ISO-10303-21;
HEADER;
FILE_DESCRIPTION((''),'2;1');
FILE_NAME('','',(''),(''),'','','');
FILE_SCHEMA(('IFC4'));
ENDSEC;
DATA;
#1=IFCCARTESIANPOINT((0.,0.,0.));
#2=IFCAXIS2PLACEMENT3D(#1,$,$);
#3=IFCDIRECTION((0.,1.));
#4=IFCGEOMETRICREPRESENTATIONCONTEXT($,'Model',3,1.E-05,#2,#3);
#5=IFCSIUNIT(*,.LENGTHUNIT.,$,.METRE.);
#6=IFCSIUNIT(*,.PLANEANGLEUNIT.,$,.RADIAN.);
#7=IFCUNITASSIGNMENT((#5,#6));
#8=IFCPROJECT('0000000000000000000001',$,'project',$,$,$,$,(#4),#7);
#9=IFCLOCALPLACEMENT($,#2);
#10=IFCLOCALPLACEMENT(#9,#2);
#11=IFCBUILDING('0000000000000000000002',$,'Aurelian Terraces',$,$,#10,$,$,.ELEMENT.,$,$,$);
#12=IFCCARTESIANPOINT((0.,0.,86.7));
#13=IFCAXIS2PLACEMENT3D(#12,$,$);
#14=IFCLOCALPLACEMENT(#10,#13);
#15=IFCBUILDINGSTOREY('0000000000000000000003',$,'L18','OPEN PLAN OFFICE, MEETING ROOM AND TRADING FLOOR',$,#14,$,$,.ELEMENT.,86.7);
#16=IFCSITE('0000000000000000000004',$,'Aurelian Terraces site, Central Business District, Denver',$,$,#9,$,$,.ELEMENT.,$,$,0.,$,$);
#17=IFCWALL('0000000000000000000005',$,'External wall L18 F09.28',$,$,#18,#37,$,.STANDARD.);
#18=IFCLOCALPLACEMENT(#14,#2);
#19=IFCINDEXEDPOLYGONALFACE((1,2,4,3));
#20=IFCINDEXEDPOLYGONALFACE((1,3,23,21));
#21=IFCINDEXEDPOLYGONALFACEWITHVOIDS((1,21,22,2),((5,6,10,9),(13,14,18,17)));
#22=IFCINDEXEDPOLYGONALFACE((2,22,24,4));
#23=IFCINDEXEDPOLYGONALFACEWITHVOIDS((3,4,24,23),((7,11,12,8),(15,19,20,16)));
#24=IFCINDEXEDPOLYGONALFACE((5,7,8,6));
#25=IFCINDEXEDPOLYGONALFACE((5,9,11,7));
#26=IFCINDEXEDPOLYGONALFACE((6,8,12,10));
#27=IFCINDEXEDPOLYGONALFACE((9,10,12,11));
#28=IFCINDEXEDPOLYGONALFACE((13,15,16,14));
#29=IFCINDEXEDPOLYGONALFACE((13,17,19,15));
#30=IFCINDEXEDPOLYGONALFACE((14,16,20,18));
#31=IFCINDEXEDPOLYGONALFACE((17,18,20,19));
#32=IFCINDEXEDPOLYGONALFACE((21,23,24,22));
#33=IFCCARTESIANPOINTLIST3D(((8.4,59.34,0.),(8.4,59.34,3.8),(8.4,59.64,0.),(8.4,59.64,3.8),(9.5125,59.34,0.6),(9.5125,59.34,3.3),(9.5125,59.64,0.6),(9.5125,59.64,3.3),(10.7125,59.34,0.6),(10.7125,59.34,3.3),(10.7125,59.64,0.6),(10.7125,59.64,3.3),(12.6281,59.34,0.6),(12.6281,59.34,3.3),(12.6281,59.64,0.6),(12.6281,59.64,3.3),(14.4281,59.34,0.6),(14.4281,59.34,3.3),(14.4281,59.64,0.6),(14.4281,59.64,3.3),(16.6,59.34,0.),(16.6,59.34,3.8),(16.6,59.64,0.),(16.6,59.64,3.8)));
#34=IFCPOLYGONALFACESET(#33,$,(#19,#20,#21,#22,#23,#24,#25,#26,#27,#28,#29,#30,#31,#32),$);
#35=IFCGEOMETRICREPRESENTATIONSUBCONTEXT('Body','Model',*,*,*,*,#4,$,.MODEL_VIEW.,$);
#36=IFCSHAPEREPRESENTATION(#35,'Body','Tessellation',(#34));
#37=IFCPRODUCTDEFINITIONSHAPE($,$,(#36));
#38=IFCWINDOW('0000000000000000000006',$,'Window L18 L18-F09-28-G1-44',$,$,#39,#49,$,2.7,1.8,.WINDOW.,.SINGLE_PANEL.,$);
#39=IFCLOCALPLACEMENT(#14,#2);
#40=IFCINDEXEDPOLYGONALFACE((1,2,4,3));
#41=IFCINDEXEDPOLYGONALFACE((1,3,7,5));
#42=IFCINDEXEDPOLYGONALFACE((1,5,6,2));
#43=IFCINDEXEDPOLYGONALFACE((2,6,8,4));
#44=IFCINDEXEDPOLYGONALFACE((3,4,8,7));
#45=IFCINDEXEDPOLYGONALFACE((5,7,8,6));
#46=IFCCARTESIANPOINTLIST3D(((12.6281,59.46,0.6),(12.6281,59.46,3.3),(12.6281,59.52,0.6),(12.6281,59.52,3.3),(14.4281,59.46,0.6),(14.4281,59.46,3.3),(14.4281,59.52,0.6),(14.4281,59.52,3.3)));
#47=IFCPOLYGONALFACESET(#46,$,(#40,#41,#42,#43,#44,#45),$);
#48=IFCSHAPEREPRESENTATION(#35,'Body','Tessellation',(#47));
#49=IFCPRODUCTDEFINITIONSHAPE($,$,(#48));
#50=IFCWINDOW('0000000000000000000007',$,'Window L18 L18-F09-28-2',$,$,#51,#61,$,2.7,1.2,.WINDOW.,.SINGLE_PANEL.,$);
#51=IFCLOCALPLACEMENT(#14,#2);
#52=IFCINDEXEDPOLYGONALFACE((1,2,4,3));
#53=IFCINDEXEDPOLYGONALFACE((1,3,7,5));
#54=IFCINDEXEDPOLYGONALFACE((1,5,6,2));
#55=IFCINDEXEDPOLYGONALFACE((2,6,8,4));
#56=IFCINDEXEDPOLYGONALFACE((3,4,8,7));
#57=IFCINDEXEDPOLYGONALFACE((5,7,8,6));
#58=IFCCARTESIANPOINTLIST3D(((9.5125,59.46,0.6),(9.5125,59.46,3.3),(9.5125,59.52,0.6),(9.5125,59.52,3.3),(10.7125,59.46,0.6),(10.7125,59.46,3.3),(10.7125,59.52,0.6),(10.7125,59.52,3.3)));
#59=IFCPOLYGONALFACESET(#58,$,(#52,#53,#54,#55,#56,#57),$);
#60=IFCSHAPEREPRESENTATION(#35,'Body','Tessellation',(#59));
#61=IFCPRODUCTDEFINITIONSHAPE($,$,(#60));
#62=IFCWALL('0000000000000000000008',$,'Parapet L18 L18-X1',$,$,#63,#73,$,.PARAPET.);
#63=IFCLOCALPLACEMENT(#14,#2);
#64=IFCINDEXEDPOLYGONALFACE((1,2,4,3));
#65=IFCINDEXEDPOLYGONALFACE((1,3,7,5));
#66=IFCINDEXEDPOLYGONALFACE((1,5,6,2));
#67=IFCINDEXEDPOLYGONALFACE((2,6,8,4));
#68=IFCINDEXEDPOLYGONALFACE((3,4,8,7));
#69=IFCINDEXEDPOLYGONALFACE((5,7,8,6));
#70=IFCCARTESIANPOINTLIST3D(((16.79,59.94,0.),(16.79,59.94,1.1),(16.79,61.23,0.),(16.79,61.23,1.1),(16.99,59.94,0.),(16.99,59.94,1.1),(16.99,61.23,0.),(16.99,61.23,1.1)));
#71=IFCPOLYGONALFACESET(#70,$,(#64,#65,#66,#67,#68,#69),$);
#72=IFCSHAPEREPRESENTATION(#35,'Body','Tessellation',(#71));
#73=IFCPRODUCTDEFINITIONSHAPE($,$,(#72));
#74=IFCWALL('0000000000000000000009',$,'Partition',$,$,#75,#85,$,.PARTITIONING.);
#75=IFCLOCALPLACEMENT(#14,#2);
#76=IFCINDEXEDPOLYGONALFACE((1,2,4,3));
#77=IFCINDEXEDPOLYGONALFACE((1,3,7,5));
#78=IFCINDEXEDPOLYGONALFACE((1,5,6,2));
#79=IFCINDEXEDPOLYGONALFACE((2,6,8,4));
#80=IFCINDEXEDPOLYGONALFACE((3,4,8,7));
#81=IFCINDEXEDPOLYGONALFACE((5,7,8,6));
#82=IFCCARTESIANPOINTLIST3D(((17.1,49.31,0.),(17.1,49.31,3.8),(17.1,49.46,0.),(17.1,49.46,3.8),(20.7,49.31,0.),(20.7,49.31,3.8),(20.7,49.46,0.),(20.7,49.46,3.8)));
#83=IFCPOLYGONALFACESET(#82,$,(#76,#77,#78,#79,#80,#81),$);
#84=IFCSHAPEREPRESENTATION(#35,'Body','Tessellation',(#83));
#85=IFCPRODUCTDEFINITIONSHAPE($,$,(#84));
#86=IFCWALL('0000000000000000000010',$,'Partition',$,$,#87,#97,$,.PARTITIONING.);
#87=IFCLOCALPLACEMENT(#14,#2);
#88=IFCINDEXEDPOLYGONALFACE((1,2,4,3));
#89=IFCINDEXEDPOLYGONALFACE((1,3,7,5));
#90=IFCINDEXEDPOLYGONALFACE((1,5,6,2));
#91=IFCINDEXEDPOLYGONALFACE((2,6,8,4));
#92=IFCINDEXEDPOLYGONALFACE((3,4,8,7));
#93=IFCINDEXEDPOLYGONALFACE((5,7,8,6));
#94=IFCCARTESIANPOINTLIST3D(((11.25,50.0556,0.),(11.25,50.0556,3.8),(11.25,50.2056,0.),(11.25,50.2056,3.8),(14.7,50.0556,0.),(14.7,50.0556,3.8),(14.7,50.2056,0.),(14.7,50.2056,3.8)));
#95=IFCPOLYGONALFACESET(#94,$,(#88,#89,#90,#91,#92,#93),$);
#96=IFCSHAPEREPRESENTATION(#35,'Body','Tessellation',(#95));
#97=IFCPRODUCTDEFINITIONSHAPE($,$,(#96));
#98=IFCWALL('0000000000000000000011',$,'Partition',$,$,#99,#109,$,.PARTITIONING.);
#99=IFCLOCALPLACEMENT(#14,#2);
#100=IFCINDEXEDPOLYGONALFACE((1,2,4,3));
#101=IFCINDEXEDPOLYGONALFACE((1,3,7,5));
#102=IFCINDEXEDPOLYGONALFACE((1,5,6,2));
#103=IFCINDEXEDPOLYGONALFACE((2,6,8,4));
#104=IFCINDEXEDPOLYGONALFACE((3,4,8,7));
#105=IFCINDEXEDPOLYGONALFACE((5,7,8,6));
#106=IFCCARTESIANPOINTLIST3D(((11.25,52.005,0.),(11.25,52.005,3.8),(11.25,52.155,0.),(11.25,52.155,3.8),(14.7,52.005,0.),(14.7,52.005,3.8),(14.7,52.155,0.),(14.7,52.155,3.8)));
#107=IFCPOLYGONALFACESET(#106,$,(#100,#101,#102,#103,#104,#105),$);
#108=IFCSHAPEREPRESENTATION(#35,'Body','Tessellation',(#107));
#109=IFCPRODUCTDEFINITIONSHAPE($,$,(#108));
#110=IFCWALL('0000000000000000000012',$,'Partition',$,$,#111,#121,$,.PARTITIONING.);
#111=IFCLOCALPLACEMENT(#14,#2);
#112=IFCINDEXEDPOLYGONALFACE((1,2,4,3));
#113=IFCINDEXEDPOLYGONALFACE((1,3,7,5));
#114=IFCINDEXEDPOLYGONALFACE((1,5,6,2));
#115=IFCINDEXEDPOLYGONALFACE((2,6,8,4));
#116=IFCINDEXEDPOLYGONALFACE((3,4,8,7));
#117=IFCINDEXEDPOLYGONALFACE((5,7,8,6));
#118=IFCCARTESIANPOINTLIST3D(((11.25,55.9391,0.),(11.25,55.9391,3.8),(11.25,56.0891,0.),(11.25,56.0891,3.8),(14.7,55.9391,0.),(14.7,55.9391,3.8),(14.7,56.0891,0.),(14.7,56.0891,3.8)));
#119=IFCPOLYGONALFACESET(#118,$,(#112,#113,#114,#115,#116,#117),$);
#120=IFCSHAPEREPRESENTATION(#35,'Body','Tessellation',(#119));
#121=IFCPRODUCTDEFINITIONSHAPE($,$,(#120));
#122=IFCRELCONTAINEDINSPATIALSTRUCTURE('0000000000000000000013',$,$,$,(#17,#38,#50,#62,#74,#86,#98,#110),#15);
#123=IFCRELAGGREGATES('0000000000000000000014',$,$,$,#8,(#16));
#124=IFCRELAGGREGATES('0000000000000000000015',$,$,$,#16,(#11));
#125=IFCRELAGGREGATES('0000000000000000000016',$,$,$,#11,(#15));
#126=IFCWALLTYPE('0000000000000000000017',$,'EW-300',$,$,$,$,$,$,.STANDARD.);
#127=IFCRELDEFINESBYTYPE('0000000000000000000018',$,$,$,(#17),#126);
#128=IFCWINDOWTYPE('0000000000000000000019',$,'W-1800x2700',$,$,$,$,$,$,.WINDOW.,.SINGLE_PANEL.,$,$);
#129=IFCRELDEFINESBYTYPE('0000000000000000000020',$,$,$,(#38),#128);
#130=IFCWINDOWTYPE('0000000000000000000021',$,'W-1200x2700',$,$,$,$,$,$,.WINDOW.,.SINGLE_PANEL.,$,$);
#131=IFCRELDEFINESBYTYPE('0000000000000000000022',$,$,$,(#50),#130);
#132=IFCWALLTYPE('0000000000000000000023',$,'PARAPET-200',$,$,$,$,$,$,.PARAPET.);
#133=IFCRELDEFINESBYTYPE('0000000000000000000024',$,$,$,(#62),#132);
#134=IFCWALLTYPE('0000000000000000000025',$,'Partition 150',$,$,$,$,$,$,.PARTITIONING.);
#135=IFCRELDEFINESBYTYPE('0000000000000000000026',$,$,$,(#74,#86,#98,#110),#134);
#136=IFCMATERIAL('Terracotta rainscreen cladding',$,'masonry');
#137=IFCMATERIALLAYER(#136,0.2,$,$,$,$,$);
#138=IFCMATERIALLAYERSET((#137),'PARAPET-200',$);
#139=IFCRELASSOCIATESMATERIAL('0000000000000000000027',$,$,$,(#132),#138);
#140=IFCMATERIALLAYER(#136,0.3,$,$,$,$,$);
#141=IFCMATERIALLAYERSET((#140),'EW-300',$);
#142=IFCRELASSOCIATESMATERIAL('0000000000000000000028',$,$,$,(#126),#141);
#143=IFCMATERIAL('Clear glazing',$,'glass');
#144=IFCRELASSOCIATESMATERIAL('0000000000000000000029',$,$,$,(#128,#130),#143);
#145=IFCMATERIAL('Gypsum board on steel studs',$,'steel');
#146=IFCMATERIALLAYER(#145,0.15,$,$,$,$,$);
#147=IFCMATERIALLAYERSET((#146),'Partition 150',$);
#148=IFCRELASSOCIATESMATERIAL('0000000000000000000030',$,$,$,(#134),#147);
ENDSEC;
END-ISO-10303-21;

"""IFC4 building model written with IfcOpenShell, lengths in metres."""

from ifc_helpers import new_model, si_unit, direction, frame, frame_2d, origin, place, context, subcontext, project, spatial, rectangle, extrude, source, transform, mapped, material, layer, layer_set, type_object, element, fill, save


model = new_model("IFC4")

# Units and contexts
model_context = context("Model", 3, precision=1e-05, world=origin(), true_north=direction((0.0, 1.0)))
body_context = subcontext(model_context, "Body", "Model", "MODEL_VIEW")
ifc_project = project(units=[si_unit("LENGTHUNIT", "METRE"), si_unit("PLANEANGLEUNIT", "RADIAN")], contexts=[model_context])

# Site, building, storey
site_placement = place(None, origin())
site = spatial("IfcSite", under=ifc_project, at=site_placement, Name="Aurelian Terraces site, Central Business District, Denver", CompositionType="ELEMENT", RefElevation=0.0)
building_placement = place(site_placement, origin())
building = spatial("IfcBuilding", under=site, at=building_placement, Name="Aurelian Terraces", CompositionType="ELEMENT")
storey_placement = place(building_placement, frame((0.0, 0.0, 86.7)))
storey = spatial("IfcBuildingStorey", under=building, at=storey_placement, Name="L18", Description="OPEN PLAN OFFICE, MEETING ROOM AND TRADING FLOOR", CompositionType="ELEMENT", Elevation=86.7)

# Shared definitions
ifc_material_1 = material(Name="Gypsum board on steel studs", Category="steel")

# Shared definitions
ifc_material_2 = material(Name="Terracotta rainscreen cladding", Category="masonry")
ifc_layer_1 = layer(ifc_material_2, 0.2)
ifc_layer_set_1 = layer_set([ifc_layer_1], Name="PARAPET-200")
wall_type_1 = type_object("IfcWallType", Name="PARAPET-200", PredefinedType="PARAPET", material=ifc_layer_set_1)

# Wall, openings, windows
ifc_layer_2 = layer(ifc_material_2, 0.3)
ifc_layer_set_2 = layer_set([ifc_layer_2], Name="EW-300")
wall_type_2 = type_object("IfcWallType", Name="EW-300", PredefinedType="STANDARD", material=ifc_layer_set_2)
shared_shape_1 = source(origin(), body_context, "Body", "SweptSolid", [
    extrude(rectangle(XDim=8.2, YDim=0.3, at=frame_2d((4.1, 0.0))), origin(), (0.0, 0.0, 1.0), 3.8),
])
wall_1_placement = place(storey_placement, frame((16.6, 59.49, 0.0), z_axis=(0.0, 0.0, 1.0), x_axis=(-1.0, 0.0, 0.0)))
wall_1 = element("IfcWall", 1, at=wall_1_placement, inside=storey, type_object=wall_type_2, Name="External wall L18 F09.28", PredefinedType="STANDARD", context=body_context, shape_type="MappedRepresentation", body=[
    mapped(shared_shape_1, transform((0.0, 0.0, 0.0), scale=1.0)),
])
shared_shape_2 = source(origin(), body_context, "Body", "SweptSolid", [
    extrude(rectangle(XDim=1.2, YDim=2.7, at=frame_2d((0.6, 1.35))), frame((0.0, 0.16, 0.0), z_axis=(0.0, -1.0, 0.0), x_axis=(1.0, 0.0, 0.0)), (0.0, 0.0, 1.0), 0.32),
])
opening_1_placement = place(wall_1_placement, frame((5.8875, 0.0, 0.6)))
opening_1 = element("IfcOpeningElement", 2, at=opening_1_placement, cuts=wall_1, PredefinedType="OPENING", context=body_context, shape_type="MappedRepresentation", body=[
    mapped(shared_shape_2, transform((0.0, 0.0, 0.0), scale=1.0)),
])
shared_shape_3 = source(origin(), body_context, "Body", "SweptSolid", [
    extrude(rectangle(XDim=1.8, YDim=2.7, at=frame_2d((0.9, 1.35))), frame((0.0, 0.16, 0.0), z_axis=(0.0, -1.0, 0.0), x_axis=(1.0, 0.0, 0.0)), (0.0, 0.0, 1.0), 0.32),
])
opening_2_placement = place(wall_1_placement, frame((2.1719, 0.0, 0.6)))
opening_2 = element("IfcOpeningElement", 3, at=opening_2_placement, cuts=wall_1, PredefinedType="OPENING", context=body_context, shape_type="MappedRepresentation", body=[
    mapped(shared_shape_3, transform((0.0, 0.0, 0.0), scale=1.0)),
])
ifc_material_3 = material(Name="Clear glazing", Category="glass")
window_type_1 = type_object("IfcWindowType", Name="W-1800x2700", PartitioningType="SINGLE_PANEL", PredefinedType="WINDOW", material=ifc_material_3)
shared_shape_4 = source(origin(), body_context, "Body", "SweptSolid", [
    extrude(rectangle(XDim=1.8, YDim=2.7, at=frame_2d((0.9, 1.35))), frame((0.0, 0.03, 0.0), z_axis=(0.0, -1.0, 0.0), x_axis=(1.0, 0.0, 0.0)), (0.0, 0.0, 1.0), 0.06),
])
window_1_placement = place(opening_2_placement, origin())
window_1 = element("IfcWindow", 4, at=window_1_placement, inside=storey, type_object=window_type_1, Name="Window L18 L18-F09-28-G1-44", OverallHeight=2.7, OverallWidth=1.8, PartitioningType="SINGLE_PANEL", PredefinedType="WINDOW", context=body_context, shape_type="MappedRepresentation", body=[
    mapped(shared_shape_4, transform((0.0, 0.0, 0.0), scale=1.0)),
])
fill(opening_2, window_1)
window_type_2 = type_object("IfcWindowType", Name="W-1200x2700", PartitioningType="SINGLE_PANEL", PredefinedType="WINDOW", material=ifc_material_3)
shared_shape_5 = source(origin(), body_context, "Body", "SweptSolid", [
    extrude(rectangle(XDim=1.2, YDim=2.7, at=frame_2d((0.6, 1.35))), frame((0.0, 0.03, 0.0), z_axis=(0.0, -1.0, 0.0), x_axis=(1.0, 0.0, 0.0)), (0.0, 0.0, 1.0), 0.06),
])
window_2_placement = place(opening_1_placement, origin())
window_2 = element("IfcWindow", 5, at=window_2_placement, inside=storey, type_object=window_type_2, Name="Window L18 L18-F09-28-2", OverallHeight=2.7, OverallWidth=1.2, PartitioningType="SINGLE_PANEL", PredefinedType="WINDOW", context=body_context, shape_type="MappedRepresentation", body=[
    mapped(shared_shape_5, transform((0.0, 0.0, 0.0), scale=1.0)),
])
fill(opening_1, window_2)

# Walls
shared_shape_6 = source(origin(), body_context, "Body", "SweptSolid", [
    extrude(rectangle(XDim=1.29, YDim=0.2, at=frame_2d((0.645, 0.0))), origin(), (0.0, 0.0, 1.0), 1.1),
])
wall_2_placement = place(storey_placement, frame((16.89, 59.94, 0.0), z_axis=(0.0, 0.0, 1.0), x_axis=(0.0, 1.0, 0.0)))
element("IfcWall", 6, at=wall_2_placement, inside=storey, type_object=wall_type_1, Name="Parapet L18 L18-X1", PredefinedType="PARAPET", context=body_context, shape_type="MappedRepresentation", body=[
    mapped(shared_shape_6, transform((0.0, 0.0, 0.0), scale=1.0)),
])
ifc_layer_3 = layer(ifc_material_1, 0.15)
ifc_layer_set_3 = layer_set([ifc_layer_3], Name="Partition 150")
wall_type_3 = type_object("IfcWallType", Name="Partition 150", PredefinedType="PARTITIONING", material=ifc_layer_set_3)
shared_shape_7 = source(origin(), body_context, "Body", "SweptSolid", [
    extrude(rectangle(XDim=3.6, YDim=0.15, at=frame_2d((1.8, 0.0))), origin(), (0.0, 0.0, 1.0), 3.8),
])
wall_3_placement = place(storey_placement, frame((17.1, 49.385, 0.0), z_axis=(0.0, 0.0, 1.0), x_axis=(1.0, 0.0, 0.0)))
element("IfcWall", 7, at=wall_3_placement, inside=storey, type_object=wall_type_3, Name="Partition", PredefinedType="PARTITIONING", context=body_context, shape_type="MappedRepresentation", body=[
    mapped(shared_shape_7, transform((0.0, 0.0, 0.0), scale=1.0)),
])
shared_shape_8 = source(origin(), body_context, "Body", "SweptSolid", [
    extrude(rectangle(XDim=3.45, YDim=0.15, at=frame_2d((1.725, 0.0))), origin(), (0.0, 0.0, 1.0), 3.8),
])
for number, where, z_axis, x_axis, name in (
    (8, (14.7, 50.1306, 0.0), (0.0, 0.0, 1.0), (-1.0, 0.0, 0.0), "Partition"),
    (9, (14.7, 52.08, 0.0), (0.0, 0.0, 1.0), (-1.0, 0.0, 0.0), "Partition"),
    (10, (14.7, 56.0141, 0.0), (0.0, 0.0, 1.0), (-1.0, 0.0, 0.0), "Partition"),
):
    element("IfcWall", number, at=place(storey_placement, frame(where, z_axis=z_axis, x_axis=x_axis)), inside=storey, type_object=wall_type_3, Name=name, PredefinedType="PARTITIONING", context=body_context, shape_type="MappedRepresentation", body=[
        mapped(shared_shape_8, transform((0.0, 0.0, 0.0), scale=1.0)),
    ])

save(model, "model.ifc")
